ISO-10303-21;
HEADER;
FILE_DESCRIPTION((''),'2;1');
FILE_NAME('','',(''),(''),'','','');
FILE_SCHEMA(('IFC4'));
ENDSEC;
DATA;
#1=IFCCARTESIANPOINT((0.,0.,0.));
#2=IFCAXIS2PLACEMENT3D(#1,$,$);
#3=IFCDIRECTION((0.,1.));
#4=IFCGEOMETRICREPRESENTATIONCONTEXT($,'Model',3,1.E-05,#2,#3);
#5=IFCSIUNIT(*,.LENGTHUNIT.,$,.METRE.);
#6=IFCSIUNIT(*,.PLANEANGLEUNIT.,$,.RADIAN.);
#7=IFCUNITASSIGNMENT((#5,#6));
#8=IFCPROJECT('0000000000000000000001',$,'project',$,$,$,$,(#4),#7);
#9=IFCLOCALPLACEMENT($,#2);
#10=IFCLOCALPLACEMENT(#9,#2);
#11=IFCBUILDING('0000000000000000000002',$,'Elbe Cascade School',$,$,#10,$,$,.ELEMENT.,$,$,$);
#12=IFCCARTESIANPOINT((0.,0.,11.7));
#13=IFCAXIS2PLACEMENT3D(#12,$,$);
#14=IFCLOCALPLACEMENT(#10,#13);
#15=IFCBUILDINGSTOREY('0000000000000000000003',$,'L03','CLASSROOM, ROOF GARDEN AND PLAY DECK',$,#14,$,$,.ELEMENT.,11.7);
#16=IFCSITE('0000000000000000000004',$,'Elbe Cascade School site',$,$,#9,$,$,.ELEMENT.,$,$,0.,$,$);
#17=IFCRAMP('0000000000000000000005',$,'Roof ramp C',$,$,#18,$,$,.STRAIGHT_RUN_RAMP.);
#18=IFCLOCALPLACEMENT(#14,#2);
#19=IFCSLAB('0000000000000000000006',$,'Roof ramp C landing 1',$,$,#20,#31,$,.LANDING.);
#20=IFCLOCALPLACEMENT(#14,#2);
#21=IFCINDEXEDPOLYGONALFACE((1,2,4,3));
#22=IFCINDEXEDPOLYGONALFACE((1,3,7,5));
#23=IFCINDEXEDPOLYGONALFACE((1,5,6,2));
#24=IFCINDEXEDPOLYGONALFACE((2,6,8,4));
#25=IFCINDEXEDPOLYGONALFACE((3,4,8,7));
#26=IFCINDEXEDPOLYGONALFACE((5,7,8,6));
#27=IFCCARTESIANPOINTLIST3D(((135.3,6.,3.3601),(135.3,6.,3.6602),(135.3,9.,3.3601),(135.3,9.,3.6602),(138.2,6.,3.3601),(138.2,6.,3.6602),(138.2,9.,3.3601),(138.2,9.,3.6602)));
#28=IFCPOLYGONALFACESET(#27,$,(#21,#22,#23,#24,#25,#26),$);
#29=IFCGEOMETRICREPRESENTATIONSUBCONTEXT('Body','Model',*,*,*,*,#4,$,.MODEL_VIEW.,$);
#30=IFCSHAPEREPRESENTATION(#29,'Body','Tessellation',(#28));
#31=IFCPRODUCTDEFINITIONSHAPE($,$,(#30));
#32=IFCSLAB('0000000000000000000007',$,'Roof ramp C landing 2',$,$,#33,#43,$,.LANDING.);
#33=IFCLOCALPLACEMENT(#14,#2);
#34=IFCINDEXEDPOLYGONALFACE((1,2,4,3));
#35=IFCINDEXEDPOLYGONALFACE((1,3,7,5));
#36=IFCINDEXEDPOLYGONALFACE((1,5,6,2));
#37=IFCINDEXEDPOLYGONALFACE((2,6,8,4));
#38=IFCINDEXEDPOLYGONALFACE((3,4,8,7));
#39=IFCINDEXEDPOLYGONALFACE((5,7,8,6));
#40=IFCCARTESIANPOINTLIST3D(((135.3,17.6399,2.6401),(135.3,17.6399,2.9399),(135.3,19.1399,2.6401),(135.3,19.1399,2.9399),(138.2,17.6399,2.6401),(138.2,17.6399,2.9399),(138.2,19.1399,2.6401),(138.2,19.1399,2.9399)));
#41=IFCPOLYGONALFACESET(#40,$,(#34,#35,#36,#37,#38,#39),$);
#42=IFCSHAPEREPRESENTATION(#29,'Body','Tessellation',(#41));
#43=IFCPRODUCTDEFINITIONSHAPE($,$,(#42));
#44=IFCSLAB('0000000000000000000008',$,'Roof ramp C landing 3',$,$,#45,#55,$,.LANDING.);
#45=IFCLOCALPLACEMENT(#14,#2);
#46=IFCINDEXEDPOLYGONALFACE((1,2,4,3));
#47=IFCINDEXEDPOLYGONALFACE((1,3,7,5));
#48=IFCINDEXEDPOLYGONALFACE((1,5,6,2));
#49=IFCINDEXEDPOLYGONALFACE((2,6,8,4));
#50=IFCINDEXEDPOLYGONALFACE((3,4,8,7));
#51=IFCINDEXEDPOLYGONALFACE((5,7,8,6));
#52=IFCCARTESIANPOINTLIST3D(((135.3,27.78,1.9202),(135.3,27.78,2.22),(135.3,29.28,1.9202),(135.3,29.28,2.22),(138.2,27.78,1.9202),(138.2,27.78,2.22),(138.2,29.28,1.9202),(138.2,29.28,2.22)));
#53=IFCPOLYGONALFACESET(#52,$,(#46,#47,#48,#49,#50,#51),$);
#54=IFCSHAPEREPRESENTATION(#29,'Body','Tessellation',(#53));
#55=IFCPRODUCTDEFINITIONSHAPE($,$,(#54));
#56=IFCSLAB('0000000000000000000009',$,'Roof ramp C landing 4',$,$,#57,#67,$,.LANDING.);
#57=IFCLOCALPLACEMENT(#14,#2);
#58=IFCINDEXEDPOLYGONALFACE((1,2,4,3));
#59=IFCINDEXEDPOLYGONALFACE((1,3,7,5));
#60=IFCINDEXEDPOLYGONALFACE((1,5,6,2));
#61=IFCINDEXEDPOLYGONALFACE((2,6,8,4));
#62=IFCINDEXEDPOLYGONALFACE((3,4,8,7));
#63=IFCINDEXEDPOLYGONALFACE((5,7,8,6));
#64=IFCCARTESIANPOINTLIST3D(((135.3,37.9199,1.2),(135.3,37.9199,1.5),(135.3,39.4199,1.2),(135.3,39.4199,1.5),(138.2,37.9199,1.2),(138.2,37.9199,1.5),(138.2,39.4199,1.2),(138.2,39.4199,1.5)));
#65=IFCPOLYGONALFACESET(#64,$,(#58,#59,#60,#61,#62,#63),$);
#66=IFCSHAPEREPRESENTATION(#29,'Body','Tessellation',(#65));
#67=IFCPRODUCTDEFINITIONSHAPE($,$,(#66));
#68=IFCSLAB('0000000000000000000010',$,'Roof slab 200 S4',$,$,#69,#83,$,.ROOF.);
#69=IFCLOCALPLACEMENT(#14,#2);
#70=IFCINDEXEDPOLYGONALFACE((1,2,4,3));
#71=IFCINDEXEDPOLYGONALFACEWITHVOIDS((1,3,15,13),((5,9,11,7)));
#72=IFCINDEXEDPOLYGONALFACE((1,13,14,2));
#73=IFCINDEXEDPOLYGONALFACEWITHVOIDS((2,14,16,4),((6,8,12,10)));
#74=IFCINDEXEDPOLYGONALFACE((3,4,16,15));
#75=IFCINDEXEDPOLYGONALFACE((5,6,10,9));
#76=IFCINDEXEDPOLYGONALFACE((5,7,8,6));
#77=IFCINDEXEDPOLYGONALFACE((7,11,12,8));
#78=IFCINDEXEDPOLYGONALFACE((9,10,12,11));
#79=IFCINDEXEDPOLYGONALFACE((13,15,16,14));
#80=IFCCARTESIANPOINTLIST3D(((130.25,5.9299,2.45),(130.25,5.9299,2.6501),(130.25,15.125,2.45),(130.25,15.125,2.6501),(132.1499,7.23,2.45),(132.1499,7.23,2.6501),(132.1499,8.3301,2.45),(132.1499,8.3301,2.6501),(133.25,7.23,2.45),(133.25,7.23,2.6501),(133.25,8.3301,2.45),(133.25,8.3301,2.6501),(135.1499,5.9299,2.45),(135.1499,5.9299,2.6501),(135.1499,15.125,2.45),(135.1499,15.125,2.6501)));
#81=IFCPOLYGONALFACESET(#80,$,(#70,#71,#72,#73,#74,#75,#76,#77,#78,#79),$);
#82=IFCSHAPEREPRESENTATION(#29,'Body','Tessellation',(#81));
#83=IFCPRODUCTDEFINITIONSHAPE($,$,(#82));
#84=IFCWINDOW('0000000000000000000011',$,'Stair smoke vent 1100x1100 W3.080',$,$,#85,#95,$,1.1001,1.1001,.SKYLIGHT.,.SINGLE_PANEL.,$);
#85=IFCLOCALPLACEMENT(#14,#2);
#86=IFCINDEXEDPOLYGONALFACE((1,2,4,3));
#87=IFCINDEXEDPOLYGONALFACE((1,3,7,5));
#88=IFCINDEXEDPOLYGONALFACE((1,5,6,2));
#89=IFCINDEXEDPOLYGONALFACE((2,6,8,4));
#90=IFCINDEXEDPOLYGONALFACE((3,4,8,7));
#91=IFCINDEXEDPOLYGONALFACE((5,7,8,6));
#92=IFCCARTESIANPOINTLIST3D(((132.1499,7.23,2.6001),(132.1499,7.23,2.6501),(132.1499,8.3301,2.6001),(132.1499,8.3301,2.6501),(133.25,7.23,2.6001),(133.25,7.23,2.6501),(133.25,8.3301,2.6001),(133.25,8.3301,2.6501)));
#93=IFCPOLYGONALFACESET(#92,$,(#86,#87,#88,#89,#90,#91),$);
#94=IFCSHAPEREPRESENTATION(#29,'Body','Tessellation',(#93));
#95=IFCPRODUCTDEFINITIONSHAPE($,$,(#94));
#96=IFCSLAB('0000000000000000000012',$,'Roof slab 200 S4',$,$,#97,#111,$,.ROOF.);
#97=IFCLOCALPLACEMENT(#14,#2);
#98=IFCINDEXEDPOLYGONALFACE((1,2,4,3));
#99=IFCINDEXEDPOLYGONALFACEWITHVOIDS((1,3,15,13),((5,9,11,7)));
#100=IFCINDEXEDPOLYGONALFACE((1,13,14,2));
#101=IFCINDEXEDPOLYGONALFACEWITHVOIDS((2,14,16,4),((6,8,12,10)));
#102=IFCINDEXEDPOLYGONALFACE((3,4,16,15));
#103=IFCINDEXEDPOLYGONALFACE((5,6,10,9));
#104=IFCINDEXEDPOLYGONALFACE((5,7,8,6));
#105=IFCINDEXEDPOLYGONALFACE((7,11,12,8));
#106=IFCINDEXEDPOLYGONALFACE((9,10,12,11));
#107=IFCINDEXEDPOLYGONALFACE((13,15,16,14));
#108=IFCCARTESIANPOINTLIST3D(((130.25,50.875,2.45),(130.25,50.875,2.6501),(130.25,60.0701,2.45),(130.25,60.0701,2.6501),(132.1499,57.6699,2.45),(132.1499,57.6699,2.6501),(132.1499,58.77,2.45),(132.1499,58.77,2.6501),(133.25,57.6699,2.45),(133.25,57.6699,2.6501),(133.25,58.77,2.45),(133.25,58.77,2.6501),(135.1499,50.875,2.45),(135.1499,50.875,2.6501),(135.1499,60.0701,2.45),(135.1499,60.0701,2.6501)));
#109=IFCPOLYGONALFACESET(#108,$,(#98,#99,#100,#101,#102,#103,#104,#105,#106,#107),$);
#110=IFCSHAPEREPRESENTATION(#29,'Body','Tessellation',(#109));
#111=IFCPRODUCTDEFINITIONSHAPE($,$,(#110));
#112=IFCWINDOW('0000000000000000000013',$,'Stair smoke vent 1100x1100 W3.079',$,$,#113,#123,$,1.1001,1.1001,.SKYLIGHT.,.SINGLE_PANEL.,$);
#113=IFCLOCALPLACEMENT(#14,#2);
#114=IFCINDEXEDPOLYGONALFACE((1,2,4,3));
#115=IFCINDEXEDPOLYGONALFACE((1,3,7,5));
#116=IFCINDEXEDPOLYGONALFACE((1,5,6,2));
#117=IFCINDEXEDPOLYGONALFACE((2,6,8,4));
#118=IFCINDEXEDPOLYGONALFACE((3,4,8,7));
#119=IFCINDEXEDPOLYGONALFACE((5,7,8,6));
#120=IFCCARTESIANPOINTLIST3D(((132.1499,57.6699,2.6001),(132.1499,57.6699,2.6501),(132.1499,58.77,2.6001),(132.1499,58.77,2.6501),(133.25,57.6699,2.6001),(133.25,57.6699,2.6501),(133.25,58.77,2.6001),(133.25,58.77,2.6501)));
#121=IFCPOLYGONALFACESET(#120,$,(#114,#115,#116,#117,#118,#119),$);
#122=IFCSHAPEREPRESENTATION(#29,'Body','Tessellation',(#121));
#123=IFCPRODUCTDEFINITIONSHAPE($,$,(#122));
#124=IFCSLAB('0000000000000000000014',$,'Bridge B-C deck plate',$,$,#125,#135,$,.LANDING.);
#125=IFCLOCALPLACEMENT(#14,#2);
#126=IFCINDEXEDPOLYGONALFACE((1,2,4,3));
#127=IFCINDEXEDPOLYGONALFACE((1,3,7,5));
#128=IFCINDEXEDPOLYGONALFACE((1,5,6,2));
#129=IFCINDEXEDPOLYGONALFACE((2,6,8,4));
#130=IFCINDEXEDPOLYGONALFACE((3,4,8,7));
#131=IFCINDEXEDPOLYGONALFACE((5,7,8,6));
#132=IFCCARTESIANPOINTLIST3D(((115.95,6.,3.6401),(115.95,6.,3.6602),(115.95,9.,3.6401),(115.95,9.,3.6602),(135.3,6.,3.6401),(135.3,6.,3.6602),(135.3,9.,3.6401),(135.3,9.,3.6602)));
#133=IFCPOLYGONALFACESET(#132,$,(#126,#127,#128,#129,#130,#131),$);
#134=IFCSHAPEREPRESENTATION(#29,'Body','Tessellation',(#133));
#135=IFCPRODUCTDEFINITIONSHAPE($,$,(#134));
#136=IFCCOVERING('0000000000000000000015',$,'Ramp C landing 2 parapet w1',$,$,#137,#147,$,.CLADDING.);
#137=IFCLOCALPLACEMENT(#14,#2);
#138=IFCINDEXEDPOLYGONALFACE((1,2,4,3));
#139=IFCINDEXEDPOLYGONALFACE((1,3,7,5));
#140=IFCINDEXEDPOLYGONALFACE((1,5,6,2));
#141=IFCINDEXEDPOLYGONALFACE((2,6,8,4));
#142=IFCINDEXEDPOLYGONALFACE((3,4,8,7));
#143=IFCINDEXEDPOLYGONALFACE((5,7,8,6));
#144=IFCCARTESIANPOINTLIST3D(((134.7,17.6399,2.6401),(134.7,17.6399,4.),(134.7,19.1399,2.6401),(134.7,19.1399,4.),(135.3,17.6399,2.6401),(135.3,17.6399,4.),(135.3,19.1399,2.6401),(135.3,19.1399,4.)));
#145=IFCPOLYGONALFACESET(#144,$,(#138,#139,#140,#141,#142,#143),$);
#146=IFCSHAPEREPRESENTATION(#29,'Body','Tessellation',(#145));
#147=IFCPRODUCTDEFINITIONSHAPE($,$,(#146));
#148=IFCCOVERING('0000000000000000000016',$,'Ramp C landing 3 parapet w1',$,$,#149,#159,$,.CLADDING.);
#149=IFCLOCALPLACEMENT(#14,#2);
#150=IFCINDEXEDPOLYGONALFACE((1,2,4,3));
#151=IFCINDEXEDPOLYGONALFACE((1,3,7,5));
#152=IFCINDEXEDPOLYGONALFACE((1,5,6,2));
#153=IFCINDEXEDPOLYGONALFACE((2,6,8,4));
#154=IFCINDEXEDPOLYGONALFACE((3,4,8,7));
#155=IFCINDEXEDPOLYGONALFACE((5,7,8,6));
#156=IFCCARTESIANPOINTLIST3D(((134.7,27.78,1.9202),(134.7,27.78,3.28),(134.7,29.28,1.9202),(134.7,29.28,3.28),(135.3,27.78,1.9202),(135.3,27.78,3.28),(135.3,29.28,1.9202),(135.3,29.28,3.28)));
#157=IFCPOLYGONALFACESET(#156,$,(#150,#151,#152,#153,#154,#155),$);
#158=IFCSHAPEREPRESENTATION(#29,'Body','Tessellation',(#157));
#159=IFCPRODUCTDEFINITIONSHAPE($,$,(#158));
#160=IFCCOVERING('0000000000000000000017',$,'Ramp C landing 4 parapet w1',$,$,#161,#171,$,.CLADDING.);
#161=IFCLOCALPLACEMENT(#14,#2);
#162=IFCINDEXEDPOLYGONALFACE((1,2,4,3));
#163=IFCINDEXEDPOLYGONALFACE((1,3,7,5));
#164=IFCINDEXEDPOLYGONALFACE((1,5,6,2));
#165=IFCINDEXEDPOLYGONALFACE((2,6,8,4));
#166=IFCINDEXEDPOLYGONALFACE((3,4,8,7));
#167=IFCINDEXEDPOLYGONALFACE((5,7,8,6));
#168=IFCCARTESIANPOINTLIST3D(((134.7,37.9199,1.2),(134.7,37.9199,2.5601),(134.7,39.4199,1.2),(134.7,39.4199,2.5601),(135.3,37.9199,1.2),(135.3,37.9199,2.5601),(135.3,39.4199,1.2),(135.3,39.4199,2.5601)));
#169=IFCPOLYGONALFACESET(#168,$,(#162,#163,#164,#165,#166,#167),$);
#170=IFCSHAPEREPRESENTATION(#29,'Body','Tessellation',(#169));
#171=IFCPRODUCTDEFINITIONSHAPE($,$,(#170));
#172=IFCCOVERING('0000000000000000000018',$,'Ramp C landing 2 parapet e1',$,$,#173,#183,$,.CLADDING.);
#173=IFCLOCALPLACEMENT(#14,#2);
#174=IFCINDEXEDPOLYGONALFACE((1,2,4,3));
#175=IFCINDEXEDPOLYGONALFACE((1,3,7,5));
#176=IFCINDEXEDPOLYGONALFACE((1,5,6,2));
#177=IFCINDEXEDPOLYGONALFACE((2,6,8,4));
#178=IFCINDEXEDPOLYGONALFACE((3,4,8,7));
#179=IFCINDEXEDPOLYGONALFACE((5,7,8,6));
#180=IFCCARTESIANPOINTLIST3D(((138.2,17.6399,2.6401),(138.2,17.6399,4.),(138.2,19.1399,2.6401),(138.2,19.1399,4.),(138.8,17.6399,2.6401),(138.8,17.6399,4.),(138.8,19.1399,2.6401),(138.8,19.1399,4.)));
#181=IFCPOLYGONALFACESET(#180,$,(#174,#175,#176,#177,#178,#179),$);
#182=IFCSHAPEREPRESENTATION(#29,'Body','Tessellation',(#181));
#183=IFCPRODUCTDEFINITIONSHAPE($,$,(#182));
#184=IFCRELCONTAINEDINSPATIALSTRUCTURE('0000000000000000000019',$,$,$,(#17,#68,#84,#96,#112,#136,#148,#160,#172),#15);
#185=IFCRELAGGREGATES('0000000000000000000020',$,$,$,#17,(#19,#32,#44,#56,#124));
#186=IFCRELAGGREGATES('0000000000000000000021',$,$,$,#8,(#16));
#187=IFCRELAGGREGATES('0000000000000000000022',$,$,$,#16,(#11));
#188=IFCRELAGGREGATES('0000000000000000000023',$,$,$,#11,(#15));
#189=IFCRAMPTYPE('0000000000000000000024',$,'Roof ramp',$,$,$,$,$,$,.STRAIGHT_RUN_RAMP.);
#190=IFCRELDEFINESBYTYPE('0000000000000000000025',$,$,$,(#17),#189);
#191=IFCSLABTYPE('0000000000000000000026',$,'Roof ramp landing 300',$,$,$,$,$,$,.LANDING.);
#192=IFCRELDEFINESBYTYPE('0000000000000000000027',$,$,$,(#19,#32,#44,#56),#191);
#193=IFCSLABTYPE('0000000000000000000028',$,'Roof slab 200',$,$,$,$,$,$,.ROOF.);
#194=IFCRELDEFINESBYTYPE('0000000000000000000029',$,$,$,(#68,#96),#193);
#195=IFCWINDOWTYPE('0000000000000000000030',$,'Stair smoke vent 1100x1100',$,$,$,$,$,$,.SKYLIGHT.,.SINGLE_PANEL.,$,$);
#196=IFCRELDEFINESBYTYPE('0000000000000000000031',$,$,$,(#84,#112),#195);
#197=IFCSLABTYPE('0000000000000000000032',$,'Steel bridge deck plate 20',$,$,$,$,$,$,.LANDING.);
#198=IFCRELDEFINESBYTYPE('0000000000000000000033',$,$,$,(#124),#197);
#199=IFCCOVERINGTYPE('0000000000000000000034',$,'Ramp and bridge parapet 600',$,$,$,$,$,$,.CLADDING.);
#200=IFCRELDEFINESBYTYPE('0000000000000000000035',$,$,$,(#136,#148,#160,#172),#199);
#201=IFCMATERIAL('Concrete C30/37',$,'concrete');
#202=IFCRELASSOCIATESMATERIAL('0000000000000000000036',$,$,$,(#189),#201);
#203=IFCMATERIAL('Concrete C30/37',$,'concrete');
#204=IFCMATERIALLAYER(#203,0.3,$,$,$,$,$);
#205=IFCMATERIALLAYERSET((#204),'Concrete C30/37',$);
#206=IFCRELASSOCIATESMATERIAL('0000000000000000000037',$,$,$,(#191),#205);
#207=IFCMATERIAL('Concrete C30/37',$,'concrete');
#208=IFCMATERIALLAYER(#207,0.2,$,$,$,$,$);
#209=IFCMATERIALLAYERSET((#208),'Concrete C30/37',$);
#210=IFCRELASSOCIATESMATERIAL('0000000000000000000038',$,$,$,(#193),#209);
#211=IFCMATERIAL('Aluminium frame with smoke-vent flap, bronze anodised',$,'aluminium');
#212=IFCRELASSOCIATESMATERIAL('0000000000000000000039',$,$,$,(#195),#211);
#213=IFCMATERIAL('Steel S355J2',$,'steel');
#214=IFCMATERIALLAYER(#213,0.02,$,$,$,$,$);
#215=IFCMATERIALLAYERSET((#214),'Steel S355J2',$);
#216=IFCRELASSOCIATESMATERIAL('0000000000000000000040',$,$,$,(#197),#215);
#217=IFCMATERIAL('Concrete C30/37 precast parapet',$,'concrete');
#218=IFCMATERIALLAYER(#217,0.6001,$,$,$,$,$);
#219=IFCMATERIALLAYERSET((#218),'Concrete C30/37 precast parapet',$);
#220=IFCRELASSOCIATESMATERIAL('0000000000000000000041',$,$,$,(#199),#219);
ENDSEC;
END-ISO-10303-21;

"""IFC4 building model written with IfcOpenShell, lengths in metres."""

from ifc_helpers import new_model, si_unit, direction, frame, origin, origin_2d, place, context, subcontext, project, spatial, polyline, rectangle, outline, extrude, material, layer, layer_set, type_object, element, fill, aggregate, save


model = new_model("IFC4")

# Units and contexts
model_context = context("Model", 3, precision=1e-05, world=origin(), true_north=direction((0.0, 1.0)))
body_context = subcontext(model_context, "Body", "Model", "MODEL_VIEW")
ifc_project = project(units=[si_unit("LENGTHUNIT", "METRE"), si_unit("PLANEANGLEUNIT", "RADIAN")], contexts=[model_context])

# Site, building, storey
site_placement = place(None, origin())
site = spatial("IfcSite", under=ifc_project, at=site_placement, Name="Elbe Cascade School site", CompositionType="ELEMENT", RefElevation=0.0)
building_placement = place(site_placement, origin())
building = spatial("IfcBuilding", under=site, at=building_placement, Name="Elbe Cascade School", CompositionType="ELEMENT")
storey_placement = place(building_placement, frame((0.0, 0.0, 11.7)))
storey = spatial("IfcBuildingStorey", under=building, at=storey_placement, Name="L03", Description="CLASSROOM, ROOF GARDEN AND PLAY DECK", CompositionType="ELEMENT", Elevation=11.7)

# Ramp, slabs
ifc_material_1 = material(Name="Concrete C30/37", Category="concrete")
ramp_type = type_object("IfcRampType", Name="Roof ramp", PredefinedType="STRAIGHT_RUN_RAMP", material=ifc_material_1)
ramp_placement = place(storey_placement, origin())
ramp = element("IfcRamp", 1, at=ramp_placement, inside=storey, type_object=ramp_type, Name="Roof ramp C", PredefinedType="STRAIGHT_RUN_RAMP")
ifc_material_2 = material(Name="Concrete C30/37", Category="concrete")
ifc_layer_1 = layer(ifc_material_2, 0.3)
ifc_layer_set_1 = layer_set([ifc_layer_1], Name="Concrete C30/37")
slab_type_1 = type_object("IfcSlabType", Name="Roof ramp landing 300", PredefinedType="LANDING", material=ifc_layer_set_1)
slab_1_placement = place(storey_placement, frame((0.0, 0.0, 3.3601)))
slab_1 = element("IfcSlab", 2, at=slab_1_placement, type_object=slab_type_1, Name="Roof ramp C landing 1", PredefinedType="LANDING", context=body_context, shape_type="SweptSolid", body=[
    extrude(outline(polyline([(138.2, 6.0), (138.2, 9.0), (135.3, 9.0), (135.3, 6.0), (138.2, 6.0)])), origin(), (0.0, 0.0, 1.0), 0.3),
])
slab_2_placement = place(storey_placement, frame((0.0, 0.0, 2.6401)))
slab_2 = element("IfcSlab", 3, at=slab_2_placement, type_object=slab_type_1, Name="Roof ramp C landing 2", PredefinedType="LANDING", context=body_context, shape_type="SweptSolid", body=[
    extrude(outline(polyline([(138.2, 17.6399), (138.2, 19.1399), (135.3, 19.1399), (135.3, 17.6399), (138.2, 17.6399)])), origin(), (0.0, 0.0, 1.0), 0.2998),
])
slab_3_placement = place(storey_placement, frame((0.0, 0.0, 1.9202)))
slab_3 = element("IfcSlab", 4, at=slab_3_placement, type_object=slab_type_1, Name="Roof ramp C landing 3", PredefinedType="LANDING", context=body_context, shape_type="SweptSolid", body=[
    extrude(outline(polyline([(138.2, 27.78), (138.2, 29.28), (135.3, 29.28), (135.3, 27.78), (138.2, 27.78)])), origin(), (0.0, 0.0, 1.0), 0.2998),
])
slab_4_placement = place(storey_placement, frame((0.0, 0.0, 1.2)))
slab_4 = element("IfcSlab", 5, at=slab_4_placement, type_object=slab_type_1, Name="Roof ramp C landing 4", PredefinedType="LANDING", context=body_context, shape_type="SweptSolid", body=[
    extrude(outline(polyline([(138.2, 37.9199), (138.2, 39.4199), (135.3, 39.4199), (135.3, 37.9199), (138.2, 37.9199)])), origin(), (0.0, 0.0, 1.0), 0.3),
])

# Slabs, openings, windows
ifc_material_3 = material(Name="Concrete C30/37", Category="concrete")
ifc_layer_2 = layer(ifc_material_3, 0.2)
ifc_layer_set_2 = layer_set([ifc_layer_2], Name="Concrete C30/37")
slab_type_2 = type_object("IfcSlabType", Name="Roof slab 200", PredefinedType="ROOF", material=ifc_layer_set_2)
slab_5_placement = place(storey_placement, frame((0.0, 0.0, 2.45)))
slab_5 = element("IfcSlab", 6, at=slab_5_placement, inside=storey, type_object=slab_type_2, Name="Roof slab 200 S4", PredefinedType="ROOF", context=body_context, shape_type="SweptSolid", body=[
    extrude(outline(polyline([(130.25, 5.9299), (135.1499, 5.9299), (135.1499, 15.125), (130.25, 15.125), (130.25, 5.9299)])), origin(), (0.0, 0.0, 1.0), 0.2002),
])
opening_1_placement = place(slab_5_placement, frame((132.7, 7.78, 0.0)))
opening_1 = element("IfcOpeningElement", 7, at=opening_1_placement, cuts=slab_5, PredefinedType="OPENING", context=body_context, shape_type="SweptSolid", body=[
    extrude(rectangle(XDim=1.1001, YDim=1.1001, at=origin_2d()), origin(), (0.0, 0.0, 1.0), 0.2002),
])
ifc_material_4 = material(Name="Aluminium frame with smoke-vent flap, bronze anodised", Category="aluminium")
window_type = type_object("IfcWindowType", Name="Stair smoke vent 1100x1100", PartitioningType="SINGLE_PANEL", PredefinedType="SKYLIGHT", material=ifc_material_4)
window_1_placement = place(opening_1_placement, frame((0.0, 0.0, 0.1501)))
window_1 = element("IfcWindow", 8, at=window_1_placement, inside=storey, type_object=window_type, Name="Stair smoke vent 1100x1100 W3.080", OverallHeight=1.1001, OverallWidth=1.1001, PartitioningType="SINGLE_PANEL", PredefinedType="SKYLIGHT", context=body_context, shape_type="SweptSolid", body=[
    extrude(rectangle(XDim=1.1001, YDim=1.1001, at=origin_2d()), origin(), (0.0, 0.0, 1.0), 0.05),
])
fill(opening_1, window_1)
slab_6_placement = place(storey_placement, frame((0.0, 0.0, 2.45)))
slab_6 = element("IfcSlab", 9, at=slab_6_placement, inside=storey, type_object=slab_type_2, Name="Roof slab 200 S4", PredefinedType="ROOF", context=body_context, shape_type="SweptSolid", body=[
    extrude(outline(polyline([(130.25, 50.875), (135.1499, 50.875), (135.1499, 60.0701), (130.25, 60.0701), (130.25, 50.875)])), origin(), (0.0, 0.0, 1.0), 0.2002),
])
opening_2_placement = place(slab_6_placement, frame((132.7, 58.22, 0.0)))
opening_2 = element("IfcOpeningElement", 10, at=opening_2_placement, cuts=slab_6, PredefinedType="OPENING", context=body_context, shape_type="SweptSolid", body=[
    extrude(rectangle(XDim=1.1001, YDim=1.1001, at=origin_2d()), origin(), (0.0, 0.0, 1.0), 0.2002),
])
window_2_placement = place(opening_2_placement, frame((0.0, 0.0, 0.1501)))
window_2 = element("IfcWindow", 11, at=window_2_placement, inside=storey, type_object=window_type, Name="Stair smoke vent 1100x1100 W3.079", OverallHeight=1.1001, OverallWidth=1.1001, PartitioningType="SINGLE_PANEL", PredefinedType="SKYLIGHT", context=body_context, shape_type="SweptSolid", body=[
    extrude(rectangle(XDim=1.1001, YDim=1.1001, at=origin_2d()), origin(), (0.0, 0.0, 1.0), 0.05),
])
fill(opening_2, window_2)

# Slab
ifc_material_5 = material(Name="Steel S355J2", Category="steel")
ifc_layer_3 = layer(ifc_material_5, 0.02)
ifc_layer_set_3 = layer_set([ifc_layer_3], Name="Steel S355J2")
slab_type_3 = type_object("IfcSlabType", Name="Steel bridge deck plate 20", PredefinedType="LANDING", material=ifc_layer_set_3)
slab_7_placement = place(storey_placement, frame((0.0, 0.0, 3.6401)))
slab_7 = element("IfcSlab", 12, at=slab_7_placement, type_object=slab_type_3, Name="Bridge B-C deck plate", PredefinedType="LANDING", context=body_context, shape_type="SweptSolid", body=[
    extrude(outline(polyline([(115.95, 6.0), (135.3, 6.0), (135.3, 9.0), (115.95, 9.0), (115.95, 6.0)])), origin(), (0.0, 0.0, 1.0), 0.02),
])
aggregate(ramp, [slab_1, slab_2, slab_3, slab_4, slab_7])

# Coverings
ifc_material_6 = material(Name="Concrete C30/37 precast parapet", Category="concrete")
ifc_layer_4 = layer(ifc_material_6, 0.6001)
ifc_layer_set_4 = layer_set([ifc_layer_4], Name="Concrete C30/37 precast parapet")
covering_type_1 = type_object("IfcCoveringType", Name="Ramp and bridge parapet 600", PredefinedType="CLADDING", material=ifc_layer_set_4)
covering_1_placement = place(storey_placement, frame((0.0, 0.0, 2.6401)))
element("IfcCovering", 13, at=covering_1_placement, inside=storey, type_object=covering_type_1, Name="Ramp C landing 2 parapet w1", PredefinedType="CLADDING", context=body_context, shape_type="SweptSolid", body=[
    extrude(outline(polyline([(134.7, 17.6399), (135.3, 17.6399), (135.3, 19.1399), (134.7, 19.1399), (134.7, 17.6399)])), origin(), (0.0, 0.0, 1.0), 1.3599),
])
covering_2_placement = place(storey_placement, frame((0.0, 0.0, 1.9202)))
element("IfcCovering", 14, at=covering_2_placement, inside=storey, type_object=covering_type_1, Name="Ramp C landing 3 parapet w1", PredefinedType="CLADDING", context=body_context, shape_type="SweptSolid", body=[
    extrude(outline(polyline([(134.7, 27.78), (135.3, 27.78), (135.3, 29.28), (134.7, 29.28), (134.7, 27.78)])), origin(), (0.0, 0.0, 1.0), 1.3599),
])
covering_3_placement = place(storey_placement, frame((0.0, 0.0, 1.2)))
element("IfcCovering", 15, at=covering_3_placement, inside=storey, type_object=covering_type_1, Name="Ramp C landing 4 parapet w1", PredefinedType="CLADDING", context=body_context, shape_type="SweptSolid", body=[
    extrude(outline(polyline([(134.7, 37.9199), (135.3, 37.9199), (135.3, 39.4199), (134.7, 39.4199), (134.7, 37.9199)])), origin(), (0.0, 0.0, 1.0), 1.3601),
])
covering_4_placement = place(storey_placement, frame((0.0, 0.0, 2.6401)))
element("IfcCovering", 16, at=covering_4_placement, inside=storey, type_object=covering_type_1, Name="Ramp C landing 2 parapet e1", PredefinedType="CLADDING", context=body_context, shape_type="SweptSolid", body=[
    extrude(outline(polyline([(138.2, 17.6399), (138.8, 17.6399), (138.8, 19.1399), (138.2, 19.1399), (138.2, 17.6399)])), origin(), (0.0, 0.0, 1.0), 1.3599),
])

save(model, "model.ifc")
